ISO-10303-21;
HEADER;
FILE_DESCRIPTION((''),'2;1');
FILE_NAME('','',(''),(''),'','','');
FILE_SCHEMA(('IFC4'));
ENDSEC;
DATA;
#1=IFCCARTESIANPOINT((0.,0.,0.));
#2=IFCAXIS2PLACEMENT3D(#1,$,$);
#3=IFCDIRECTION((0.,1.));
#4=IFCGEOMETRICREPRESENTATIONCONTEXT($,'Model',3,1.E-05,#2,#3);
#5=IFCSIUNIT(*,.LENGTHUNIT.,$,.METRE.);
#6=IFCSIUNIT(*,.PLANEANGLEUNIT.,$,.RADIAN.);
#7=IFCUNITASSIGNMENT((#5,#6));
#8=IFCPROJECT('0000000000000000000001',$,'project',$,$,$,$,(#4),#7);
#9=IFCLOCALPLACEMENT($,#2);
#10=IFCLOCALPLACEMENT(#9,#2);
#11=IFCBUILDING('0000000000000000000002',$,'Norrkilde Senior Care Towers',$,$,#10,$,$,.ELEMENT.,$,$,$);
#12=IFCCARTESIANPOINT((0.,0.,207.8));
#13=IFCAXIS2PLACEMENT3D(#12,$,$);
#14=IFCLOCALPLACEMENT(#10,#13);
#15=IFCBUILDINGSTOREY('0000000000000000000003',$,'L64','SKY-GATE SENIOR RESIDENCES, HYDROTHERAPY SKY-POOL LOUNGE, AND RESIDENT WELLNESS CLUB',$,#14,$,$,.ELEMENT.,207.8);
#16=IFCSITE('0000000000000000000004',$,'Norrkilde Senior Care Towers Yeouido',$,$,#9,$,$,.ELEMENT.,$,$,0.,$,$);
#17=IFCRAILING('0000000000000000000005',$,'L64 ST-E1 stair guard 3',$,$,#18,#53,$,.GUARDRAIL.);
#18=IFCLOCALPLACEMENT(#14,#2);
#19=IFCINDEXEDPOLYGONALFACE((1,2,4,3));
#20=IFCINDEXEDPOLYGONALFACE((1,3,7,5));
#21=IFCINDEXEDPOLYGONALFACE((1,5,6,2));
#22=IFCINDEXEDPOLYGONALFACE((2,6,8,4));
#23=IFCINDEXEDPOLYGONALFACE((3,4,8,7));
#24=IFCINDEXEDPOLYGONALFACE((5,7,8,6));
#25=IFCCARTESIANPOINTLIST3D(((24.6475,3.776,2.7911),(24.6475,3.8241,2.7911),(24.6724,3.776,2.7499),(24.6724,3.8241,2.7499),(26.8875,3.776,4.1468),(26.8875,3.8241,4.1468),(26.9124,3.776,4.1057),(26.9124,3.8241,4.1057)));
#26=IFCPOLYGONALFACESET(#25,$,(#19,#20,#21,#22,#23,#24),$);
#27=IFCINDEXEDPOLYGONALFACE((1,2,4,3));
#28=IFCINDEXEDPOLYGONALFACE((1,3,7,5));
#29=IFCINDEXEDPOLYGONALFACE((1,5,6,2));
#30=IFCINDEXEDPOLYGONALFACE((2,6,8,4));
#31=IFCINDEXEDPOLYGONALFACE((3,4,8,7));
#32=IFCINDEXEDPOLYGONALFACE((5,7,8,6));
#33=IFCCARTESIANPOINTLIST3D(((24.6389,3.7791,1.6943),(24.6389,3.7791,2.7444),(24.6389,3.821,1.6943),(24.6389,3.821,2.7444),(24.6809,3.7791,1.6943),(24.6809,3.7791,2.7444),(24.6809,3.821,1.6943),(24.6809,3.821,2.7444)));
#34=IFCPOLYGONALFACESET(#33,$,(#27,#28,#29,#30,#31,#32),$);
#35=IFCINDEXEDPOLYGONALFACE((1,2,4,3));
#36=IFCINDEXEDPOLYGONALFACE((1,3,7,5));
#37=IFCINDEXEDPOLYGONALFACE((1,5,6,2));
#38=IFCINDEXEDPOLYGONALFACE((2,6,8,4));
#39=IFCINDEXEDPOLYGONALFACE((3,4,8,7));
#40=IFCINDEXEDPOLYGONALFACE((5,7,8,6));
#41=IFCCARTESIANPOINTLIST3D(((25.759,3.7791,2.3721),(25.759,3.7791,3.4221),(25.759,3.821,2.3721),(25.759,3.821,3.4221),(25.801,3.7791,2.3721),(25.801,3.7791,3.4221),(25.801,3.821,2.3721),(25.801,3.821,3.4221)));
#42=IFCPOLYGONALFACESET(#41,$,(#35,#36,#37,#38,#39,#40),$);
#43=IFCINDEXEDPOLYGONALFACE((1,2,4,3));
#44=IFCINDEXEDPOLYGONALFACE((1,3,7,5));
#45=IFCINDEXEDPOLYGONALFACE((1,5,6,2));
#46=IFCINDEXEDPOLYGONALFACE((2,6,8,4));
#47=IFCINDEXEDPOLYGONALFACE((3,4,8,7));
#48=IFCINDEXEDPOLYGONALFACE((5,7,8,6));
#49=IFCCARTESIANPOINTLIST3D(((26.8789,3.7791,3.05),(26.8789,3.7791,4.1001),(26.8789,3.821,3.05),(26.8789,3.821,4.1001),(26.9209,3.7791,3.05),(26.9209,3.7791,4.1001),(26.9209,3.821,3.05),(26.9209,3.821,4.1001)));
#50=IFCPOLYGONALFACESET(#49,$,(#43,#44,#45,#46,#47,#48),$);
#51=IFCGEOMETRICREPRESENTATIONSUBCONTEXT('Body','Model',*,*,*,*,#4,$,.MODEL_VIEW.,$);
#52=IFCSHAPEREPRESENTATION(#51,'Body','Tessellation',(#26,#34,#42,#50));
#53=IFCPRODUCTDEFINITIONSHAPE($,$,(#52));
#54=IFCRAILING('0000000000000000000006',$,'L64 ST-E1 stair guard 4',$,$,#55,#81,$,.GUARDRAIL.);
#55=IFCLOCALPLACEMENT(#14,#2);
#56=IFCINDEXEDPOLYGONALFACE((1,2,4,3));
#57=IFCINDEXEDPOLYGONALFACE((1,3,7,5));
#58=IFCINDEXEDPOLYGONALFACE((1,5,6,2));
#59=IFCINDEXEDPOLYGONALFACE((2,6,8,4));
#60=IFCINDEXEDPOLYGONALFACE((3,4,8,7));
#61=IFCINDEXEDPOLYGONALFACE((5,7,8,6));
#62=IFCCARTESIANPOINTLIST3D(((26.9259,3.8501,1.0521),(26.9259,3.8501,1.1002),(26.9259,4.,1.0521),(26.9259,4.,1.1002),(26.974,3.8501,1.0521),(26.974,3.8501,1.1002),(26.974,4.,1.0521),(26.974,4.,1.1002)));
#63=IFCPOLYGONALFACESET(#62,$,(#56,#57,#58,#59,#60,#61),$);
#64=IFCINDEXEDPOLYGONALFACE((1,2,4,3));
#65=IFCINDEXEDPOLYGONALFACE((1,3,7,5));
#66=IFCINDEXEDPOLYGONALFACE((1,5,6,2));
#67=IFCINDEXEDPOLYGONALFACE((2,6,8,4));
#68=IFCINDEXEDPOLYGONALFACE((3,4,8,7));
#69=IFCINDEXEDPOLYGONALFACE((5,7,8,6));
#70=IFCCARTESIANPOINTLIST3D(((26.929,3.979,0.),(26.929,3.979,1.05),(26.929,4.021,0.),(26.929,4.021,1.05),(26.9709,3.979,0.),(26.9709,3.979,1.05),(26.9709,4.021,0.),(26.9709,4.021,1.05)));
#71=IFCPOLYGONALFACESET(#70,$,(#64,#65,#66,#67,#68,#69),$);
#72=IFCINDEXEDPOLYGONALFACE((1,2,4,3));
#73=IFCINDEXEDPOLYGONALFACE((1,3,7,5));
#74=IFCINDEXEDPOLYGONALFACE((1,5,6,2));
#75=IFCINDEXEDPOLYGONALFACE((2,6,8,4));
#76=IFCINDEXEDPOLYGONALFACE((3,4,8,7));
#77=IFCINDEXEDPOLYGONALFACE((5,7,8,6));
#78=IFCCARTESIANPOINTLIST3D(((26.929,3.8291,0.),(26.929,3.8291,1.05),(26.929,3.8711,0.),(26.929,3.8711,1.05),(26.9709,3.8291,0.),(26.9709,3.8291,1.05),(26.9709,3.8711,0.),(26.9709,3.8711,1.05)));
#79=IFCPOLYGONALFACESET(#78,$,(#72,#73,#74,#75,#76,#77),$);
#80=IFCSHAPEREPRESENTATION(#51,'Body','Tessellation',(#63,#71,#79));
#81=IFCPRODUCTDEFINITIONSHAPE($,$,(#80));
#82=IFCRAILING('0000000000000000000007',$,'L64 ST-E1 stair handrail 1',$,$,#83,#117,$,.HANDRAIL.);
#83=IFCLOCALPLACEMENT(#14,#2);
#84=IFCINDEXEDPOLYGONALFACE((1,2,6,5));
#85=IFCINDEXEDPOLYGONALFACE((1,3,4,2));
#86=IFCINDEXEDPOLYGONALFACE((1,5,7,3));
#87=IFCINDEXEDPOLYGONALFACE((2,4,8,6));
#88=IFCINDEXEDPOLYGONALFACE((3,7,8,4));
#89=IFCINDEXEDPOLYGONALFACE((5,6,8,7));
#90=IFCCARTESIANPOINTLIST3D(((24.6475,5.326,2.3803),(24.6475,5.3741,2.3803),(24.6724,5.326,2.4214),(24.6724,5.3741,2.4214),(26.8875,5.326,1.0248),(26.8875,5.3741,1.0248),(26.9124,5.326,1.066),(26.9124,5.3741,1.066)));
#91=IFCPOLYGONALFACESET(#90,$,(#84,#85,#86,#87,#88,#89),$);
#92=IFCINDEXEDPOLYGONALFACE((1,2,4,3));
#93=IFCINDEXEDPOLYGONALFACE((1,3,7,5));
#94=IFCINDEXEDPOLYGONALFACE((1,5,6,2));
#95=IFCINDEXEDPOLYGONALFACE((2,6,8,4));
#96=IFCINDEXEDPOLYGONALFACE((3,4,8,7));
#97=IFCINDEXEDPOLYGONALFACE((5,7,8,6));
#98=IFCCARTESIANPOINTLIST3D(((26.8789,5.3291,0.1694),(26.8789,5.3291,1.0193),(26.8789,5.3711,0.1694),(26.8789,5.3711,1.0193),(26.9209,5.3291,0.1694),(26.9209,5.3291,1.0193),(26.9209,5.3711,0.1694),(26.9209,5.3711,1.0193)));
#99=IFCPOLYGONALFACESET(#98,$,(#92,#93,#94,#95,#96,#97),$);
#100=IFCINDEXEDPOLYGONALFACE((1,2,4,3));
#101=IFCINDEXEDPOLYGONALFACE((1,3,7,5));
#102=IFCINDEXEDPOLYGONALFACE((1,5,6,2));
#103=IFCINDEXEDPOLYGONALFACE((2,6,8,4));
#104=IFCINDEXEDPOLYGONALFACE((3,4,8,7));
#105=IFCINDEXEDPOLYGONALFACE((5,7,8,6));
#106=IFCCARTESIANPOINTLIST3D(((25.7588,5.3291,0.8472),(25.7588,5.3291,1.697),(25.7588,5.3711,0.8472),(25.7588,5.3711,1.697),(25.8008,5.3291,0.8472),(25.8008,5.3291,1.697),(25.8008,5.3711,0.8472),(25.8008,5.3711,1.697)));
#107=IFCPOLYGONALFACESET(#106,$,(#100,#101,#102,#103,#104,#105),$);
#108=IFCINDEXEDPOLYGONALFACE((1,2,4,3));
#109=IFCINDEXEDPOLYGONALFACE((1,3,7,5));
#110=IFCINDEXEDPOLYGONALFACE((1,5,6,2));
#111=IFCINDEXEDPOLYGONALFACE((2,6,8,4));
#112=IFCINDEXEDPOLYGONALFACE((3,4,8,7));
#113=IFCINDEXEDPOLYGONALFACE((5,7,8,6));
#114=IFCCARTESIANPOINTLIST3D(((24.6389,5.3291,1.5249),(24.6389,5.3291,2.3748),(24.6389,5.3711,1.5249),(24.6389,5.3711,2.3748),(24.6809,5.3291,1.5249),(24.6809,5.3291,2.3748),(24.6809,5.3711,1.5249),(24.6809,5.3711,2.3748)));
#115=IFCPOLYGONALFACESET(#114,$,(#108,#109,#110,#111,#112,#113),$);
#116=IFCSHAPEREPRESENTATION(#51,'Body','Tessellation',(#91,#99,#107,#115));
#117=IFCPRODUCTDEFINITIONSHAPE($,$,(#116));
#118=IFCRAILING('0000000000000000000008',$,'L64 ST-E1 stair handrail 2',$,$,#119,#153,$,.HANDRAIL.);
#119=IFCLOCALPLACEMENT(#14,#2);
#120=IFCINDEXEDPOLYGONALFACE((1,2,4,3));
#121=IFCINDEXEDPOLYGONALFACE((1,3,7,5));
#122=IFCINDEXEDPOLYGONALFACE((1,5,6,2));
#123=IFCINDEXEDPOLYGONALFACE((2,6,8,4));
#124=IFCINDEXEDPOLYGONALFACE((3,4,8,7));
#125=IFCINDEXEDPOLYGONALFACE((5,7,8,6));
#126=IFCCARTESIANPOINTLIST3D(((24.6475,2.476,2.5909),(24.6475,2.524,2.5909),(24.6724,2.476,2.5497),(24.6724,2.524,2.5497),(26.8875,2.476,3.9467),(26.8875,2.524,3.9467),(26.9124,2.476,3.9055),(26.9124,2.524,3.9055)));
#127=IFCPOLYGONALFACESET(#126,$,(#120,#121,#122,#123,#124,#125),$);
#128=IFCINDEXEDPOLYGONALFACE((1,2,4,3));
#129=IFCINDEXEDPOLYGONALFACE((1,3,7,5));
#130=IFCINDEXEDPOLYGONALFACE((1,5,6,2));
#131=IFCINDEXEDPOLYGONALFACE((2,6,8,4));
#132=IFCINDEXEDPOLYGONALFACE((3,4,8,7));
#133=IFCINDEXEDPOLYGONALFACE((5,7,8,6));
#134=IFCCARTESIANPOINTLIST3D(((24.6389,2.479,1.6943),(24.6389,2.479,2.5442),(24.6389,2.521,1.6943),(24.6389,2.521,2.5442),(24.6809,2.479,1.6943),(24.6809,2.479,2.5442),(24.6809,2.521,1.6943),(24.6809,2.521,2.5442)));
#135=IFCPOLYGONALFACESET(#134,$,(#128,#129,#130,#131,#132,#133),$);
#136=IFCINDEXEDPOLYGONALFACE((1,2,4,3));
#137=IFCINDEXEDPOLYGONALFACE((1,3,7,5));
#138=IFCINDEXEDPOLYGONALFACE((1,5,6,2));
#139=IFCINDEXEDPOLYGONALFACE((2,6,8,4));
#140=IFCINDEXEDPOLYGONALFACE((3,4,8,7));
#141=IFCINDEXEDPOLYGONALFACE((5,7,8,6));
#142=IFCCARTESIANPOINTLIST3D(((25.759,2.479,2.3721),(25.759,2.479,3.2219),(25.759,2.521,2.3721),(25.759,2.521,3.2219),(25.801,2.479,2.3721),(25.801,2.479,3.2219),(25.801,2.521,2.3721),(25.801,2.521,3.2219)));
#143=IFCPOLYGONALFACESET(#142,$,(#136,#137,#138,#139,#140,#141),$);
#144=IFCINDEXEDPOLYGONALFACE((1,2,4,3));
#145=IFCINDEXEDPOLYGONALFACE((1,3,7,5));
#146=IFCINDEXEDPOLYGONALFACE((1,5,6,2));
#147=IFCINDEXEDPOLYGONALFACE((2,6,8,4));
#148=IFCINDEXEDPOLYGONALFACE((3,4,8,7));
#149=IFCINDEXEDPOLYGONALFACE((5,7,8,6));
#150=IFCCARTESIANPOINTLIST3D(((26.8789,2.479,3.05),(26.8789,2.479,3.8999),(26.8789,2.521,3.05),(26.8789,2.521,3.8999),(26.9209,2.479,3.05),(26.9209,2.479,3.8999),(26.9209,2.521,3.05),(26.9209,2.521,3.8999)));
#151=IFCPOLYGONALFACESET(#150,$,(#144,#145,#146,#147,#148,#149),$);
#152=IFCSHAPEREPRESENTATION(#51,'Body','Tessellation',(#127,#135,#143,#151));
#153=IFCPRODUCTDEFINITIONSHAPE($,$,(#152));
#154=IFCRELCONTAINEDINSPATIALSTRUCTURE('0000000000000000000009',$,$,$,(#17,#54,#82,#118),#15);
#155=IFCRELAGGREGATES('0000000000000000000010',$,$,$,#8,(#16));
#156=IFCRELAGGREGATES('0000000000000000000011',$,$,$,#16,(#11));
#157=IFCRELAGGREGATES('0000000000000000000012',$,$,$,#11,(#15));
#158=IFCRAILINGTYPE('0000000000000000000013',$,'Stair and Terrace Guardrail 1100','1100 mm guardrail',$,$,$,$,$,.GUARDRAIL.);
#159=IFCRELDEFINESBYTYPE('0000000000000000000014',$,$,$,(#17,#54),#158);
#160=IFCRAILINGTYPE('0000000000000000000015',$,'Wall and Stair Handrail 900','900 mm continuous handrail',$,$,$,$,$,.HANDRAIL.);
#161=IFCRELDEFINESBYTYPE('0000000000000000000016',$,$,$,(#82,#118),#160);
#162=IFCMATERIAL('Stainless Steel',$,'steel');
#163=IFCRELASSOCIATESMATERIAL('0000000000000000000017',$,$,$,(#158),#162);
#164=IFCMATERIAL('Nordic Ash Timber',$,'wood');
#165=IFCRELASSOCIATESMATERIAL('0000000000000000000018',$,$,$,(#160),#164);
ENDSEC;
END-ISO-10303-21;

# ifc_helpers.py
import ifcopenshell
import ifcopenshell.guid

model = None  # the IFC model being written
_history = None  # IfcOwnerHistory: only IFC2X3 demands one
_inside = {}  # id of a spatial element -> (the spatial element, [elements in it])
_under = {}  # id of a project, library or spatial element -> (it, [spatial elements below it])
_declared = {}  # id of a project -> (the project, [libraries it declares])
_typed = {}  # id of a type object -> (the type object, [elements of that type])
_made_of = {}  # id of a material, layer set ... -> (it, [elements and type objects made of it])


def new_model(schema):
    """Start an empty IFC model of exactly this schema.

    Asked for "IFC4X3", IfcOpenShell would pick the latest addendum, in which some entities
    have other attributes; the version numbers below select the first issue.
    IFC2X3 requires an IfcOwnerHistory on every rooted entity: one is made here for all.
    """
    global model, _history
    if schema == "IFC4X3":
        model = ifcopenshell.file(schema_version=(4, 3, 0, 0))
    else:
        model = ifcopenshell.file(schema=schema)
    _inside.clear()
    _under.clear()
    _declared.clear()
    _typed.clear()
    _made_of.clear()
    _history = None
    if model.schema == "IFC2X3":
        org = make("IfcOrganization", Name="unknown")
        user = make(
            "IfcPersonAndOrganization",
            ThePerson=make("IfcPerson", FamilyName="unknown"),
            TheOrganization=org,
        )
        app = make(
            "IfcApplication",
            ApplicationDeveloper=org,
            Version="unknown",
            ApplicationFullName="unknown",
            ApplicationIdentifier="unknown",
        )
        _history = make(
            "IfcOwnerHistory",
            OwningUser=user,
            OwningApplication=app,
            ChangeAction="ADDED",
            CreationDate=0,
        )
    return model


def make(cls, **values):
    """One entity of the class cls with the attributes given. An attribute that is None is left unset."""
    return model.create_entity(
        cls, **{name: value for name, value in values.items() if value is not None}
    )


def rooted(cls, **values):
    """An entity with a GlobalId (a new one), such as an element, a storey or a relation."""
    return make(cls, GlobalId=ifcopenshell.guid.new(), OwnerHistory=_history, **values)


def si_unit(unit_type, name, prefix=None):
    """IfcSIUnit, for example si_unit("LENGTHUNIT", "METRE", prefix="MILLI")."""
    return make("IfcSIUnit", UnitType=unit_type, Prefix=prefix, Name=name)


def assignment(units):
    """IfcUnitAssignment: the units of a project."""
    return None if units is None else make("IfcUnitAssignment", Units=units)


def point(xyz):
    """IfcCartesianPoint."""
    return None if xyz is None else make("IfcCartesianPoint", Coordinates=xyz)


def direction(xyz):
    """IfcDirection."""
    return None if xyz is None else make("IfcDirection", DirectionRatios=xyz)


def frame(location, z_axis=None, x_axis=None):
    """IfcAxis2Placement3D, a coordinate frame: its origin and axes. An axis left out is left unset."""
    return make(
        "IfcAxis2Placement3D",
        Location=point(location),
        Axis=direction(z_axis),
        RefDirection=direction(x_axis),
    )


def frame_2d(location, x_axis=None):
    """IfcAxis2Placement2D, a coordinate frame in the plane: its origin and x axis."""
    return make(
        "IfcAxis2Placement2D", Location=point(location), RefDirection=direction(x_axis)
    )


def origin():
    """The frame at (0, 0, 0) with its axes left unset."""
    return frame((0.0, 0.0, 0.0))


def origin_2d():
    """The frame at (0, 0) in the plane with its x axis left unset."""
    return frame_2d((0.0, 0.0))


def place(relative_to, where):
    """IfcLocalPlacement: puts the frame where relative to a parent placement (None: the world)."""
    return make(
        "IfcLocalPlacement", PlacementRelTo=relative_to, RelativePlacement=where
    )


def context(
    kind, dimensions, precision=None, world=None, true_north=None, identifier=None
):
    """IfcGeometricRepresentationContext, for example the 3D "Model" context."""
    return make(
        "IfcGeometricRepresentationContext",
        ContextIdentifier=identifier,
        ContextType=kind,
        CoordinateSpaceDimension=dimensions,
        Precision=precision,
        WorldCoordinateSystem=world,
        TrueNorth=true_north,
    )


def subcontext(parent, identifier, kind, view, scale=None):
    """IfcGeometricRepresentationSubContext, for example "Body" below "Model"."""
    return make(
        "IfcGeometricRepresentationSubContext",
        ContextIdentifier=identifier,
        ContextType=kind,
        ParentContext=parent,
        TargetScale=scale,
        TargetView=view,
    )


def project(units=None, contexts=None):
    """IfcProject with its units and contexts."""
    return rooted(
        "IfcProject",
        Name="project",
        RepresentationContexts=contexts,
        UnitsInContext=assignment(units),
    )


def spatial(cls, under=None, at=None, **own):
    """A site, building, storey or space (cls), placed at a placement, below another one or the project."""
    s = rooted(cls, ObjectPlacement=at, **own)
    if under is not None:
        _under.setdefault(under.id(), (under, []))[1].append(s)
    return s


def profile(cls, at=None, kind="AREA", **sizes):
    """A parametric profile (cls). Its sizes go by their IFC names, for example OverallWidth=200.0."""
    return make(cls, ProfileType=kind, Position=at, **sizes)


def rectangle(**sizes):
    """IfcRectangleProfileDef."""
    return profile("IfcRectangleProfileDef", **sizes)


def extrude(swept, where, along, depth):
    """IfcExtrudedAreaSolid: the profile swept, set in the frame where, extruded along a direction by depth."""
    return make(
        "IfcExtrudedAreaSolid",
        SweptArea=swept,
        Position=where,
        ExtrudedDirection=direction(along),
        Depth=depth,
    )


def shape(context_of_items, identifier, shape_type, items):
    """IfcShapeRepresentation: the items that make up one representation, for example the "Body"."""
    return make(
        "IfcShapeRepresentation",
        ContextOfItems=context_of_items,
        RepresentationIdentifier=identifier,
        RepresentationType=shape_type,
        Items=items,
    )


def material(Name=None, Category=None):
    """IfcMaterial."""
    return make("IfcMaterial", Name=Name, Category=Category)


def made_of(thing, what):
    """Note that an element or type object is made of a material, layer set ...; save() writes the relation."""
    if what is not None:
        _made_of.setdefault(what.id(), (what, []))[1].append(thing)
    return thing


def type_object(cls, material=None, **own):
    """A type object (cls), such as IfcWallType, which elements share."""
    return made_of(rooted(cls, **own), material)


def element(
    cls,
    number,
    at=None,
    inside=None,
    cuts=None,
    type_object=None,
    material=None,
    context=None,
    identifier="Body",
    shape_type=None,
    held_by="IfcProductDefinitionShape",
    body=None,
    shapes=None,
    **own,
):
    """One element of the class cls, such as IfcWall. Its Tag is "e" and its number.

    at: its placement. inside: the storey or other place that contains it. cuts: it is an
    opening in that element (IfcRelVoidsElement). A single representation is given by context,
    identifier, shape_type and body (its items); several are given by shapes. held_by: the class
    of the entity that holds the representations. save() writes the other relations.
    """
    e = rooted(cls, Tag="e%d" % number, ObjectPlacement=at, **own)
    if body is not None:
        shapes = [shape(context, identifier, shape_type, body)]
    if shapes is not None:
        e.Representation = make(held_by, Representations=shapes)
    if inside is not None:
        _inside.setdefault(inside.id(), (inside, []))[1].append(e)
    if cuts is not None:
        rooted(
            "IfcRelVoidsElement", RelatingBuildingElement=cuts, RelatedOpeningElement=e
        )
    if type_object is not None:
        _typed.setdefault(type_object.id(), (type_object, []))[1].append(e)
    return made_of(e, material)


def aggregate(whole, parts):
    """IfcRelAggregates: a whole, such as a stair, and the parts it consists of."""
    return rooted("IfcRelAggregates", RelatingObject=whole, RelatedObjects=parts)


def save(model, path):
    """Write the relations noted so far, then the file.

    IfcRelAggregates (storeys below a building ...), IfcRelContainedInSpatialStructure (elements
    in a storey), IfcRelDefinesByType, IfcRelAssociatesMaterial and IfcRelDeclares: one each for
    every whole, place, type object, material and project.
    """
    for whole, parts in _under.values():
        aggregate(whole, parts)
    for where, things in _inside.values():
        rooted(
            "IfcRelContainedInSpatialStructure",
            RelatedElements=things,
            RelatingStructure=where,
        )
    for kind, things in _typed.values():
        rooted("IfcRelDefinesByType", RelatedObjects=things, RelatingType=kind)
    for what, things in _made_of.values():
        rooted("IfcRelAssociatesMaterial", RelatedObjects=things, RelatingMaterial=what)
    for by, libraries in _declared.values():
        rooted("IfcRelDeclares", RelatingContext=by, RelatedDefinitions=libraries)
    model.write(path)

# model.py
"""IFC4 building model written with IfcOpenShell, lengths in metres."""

from ifc_helpers import new_model, si_unit, direction, frame, origin, origin_2d, place, context, subcontext, project, spatial, rectangle, extrude, material, type_object, element, save


model = new_model("IFC4")

# Units and contexts
model_context = context("Model", 3, precision=1e-05, world=origin(), true_north=direction((0.0, 1.0)))
body_context = subcontext(model_context, "Body", "Model", "MODEL_VIEW")
ifc_project = project(units=[si_unit("LENGTHUNIT", "METRE"), si_unit("PLANEANGLEUNIT", "RADIAN")], contexts=[model_context])

# Site, building, storey
site_placement = place(None, origin())
site = spatial("IfcSite", under=ifc_project, at=site_placement, Name="Norrkilde Senior Care Towers Yeouido", CompositionType="ELEMENT", RefElevation=0.0)
building_placement = place(site_placement, origin())
building = spatial("IfcBuilding", under=site, at=building_placement, Name="Norrkilde Senior Care Towers", CompositionType="ELEMENT")
storey_placement = place(building_placement, frame((0.0, 0.0, 207.8)))
storey = spatial("IfcBuildingStorey", under=building, at=storey_placement, Name="L64", Description="SKY-GATE SENIOR RESIDENCES, HYDROTHERAPY SKY-POOL LOUNGE, AND RESIDENT WELLNESS CLUB", CompositionType="ELEMENT", Elevation=207.8)

# Shared definitions
ifc_material_1 = material(Name="Stainless Steel", Category="steel")

# Shared definitions
ifc_material_2 = material(Name="Nordic Ash Timber", Category="wood")

# Railings
railing_type_1 = type_object("IfcRailingType", Name="Stair and Terrace Guardrail 1100", Description="1100 mm guardrail", PredefinedType="GUARDRAIL", material=ifc_material_1)
railing_1_placement = place(storey_placement, frame((24.6599, 3.8, 1.6943)))
element("IfcRailing", 1, at=railing_1_placement, inside=storey, type_object=railing_type_1, Name="L64 ST-E1 stair guard 3", PredefinedType="GUARDRAIL", context=body_context, shape_type="SweptSolid", body=[
    extrude(rectangle(XDim=0.0481, YDim=0.0481, at=origin_2d()), frame((0.0, 0.0, 1.0762), z_axis=(0.855512, 0.0, 0.517783), x_axis=(0.0, 1.0, 0.0)), (0.0, 0.0, 1.0), 2.6184),
    extrude(rectangle(XDim=0.042, YDim=0.042, at=origin_2d()), origin(), (0.0, 0.0, 1.0), 1.05),
    extrude(rectangle(XDim=0.042, YDim=0.042, at=origin_2d()), frame((1.1201, 0.0, 0.6777)), (0.0, 0.0, 1.0), 1.05),
    extrude(rectangle(XDim=0.042, YDim=0.042, at=origin_2d()), frame((2.24, 0.0, 1.3557)), (0.0, 0.0, 1.0), 1.05),
])
railing_2_placement = place(storey_placement, frame((26.95, 4.0, 0.0)))
element("IfcRailing", 2, at=railing_2_placement, inside=storey, type_object=railing_type_1, Name="L64 ST-E1 stair guard 4", PredefinedType="GUARDRAIL", context=body_context, shape_type="SweptSolid", body=[
    extrude(rectangle(XDim=0.0481, YDim=0.0481, at=origin_2d()), frame((0.0, 0.0, 1.0762), z_axis=(0.0, -1.0, 0.0), x_axis=(1.0, 0.0, 0.0)), (0.0, 0.0, 1.0), 0.1499),
    extrude(rectangle(XDim=0.042, YDim=0.042, at=origin_2d()), origin(), (0.0, 0.0, 1.0), 1.05),
    extrude(rectangle(XDim=0.042, YDim=0.042, at=origin_2d()), frame((0.0, -0.1499, 0.0)), (0.0, 0.0, 1.0), 1.05),
])
railing_type_2 = type_object("IfcRailingType", Name="Wall and Stair Handrail 900", Description="900 mm continuous handrail", PredefinedType="HANDRAIL", material=ifc_material_2)
railing_3_placement = place(storey_placement, frame((26.8999, 5.3501, 0.1694)))
element("IfcRailing", 3, at=railing_3_placement, inside=storey, type_object=railing_type_2, Name="L64 ST-E1 stair handrail 1", PredefinedType="HANDRAIL", context=body_context, shape_type="SweptSolid", body=[
    extrude(rectangle(XDim=0.0481, YDim=0.0481, at=origin_2d()), frame((0.0, 0.0, 0.876), z_axis=(-0.855553, 0.0, 0.517715), x_axis=(0.0, -1.0, 0.0)), (0.0, 0.0, 1.0), 2.6182),
    extrude(rectangle(XDim=0.042, YDim=0.042, at=origin_2d()), origin(), (0.0, 0.0, 1.0), 0.8499),
    extrude(rectangle(XDim=0.042, YDim=0.042, at=origin_2d()), frame((-1.1201, 0.0, 0.6777)), (0.0, 0.0, 1.0), 0.8499),
    extrude(rectangle(XDim=0.042, YDim=0.042, at=origin_2d()), frame((-2.24, 0.0, 1.3555)), (0.0, 0.0, 1.0), 0.8499),
])
railing_4_placement = place(storey_placement, frame((24.6599, 2.5, 1.6943)))
element("IfcRailing", 4, at=railing_4_placement, inside=storey, type_object=railing_type_2, Name="L64 ST-E1 stair handrail 2", PredefinedType="HANDRAIL", context=body_context, shape_type="SweptSolid", body=[
    extrude(rectangle(XDim=0.0481, YDim=0.0481, at=origin_2d()), frame((0.0, 0.0, 0.876), z_axis=(0.855512, 0.0, 0.517783), x_axis=(0.0, 1.0, 0.0)), (0.0, 0.0, 1.0), 2.6184),
    extrude(rectangle(XDim=0.042, YDim=0.042, at=origin_2d()), origin(), (0.0, 0.0, 1.0), 0.8499),
    extrude(rectangle(XDim=0.042, YDim=0.042, at=origin_2d()), frame((1.1201, 0.0, 0.6777)), (0.0, 0.0, 1.0), 0.8499),
    extrude(rectangle(XDim=0.042, YDim=0.042, at=origin_2d()), frame((2.24, 0.0, 1.3557)), (0.0, 0.0, 1.0), 0.8499),
])

save(model, "model.ifc")
